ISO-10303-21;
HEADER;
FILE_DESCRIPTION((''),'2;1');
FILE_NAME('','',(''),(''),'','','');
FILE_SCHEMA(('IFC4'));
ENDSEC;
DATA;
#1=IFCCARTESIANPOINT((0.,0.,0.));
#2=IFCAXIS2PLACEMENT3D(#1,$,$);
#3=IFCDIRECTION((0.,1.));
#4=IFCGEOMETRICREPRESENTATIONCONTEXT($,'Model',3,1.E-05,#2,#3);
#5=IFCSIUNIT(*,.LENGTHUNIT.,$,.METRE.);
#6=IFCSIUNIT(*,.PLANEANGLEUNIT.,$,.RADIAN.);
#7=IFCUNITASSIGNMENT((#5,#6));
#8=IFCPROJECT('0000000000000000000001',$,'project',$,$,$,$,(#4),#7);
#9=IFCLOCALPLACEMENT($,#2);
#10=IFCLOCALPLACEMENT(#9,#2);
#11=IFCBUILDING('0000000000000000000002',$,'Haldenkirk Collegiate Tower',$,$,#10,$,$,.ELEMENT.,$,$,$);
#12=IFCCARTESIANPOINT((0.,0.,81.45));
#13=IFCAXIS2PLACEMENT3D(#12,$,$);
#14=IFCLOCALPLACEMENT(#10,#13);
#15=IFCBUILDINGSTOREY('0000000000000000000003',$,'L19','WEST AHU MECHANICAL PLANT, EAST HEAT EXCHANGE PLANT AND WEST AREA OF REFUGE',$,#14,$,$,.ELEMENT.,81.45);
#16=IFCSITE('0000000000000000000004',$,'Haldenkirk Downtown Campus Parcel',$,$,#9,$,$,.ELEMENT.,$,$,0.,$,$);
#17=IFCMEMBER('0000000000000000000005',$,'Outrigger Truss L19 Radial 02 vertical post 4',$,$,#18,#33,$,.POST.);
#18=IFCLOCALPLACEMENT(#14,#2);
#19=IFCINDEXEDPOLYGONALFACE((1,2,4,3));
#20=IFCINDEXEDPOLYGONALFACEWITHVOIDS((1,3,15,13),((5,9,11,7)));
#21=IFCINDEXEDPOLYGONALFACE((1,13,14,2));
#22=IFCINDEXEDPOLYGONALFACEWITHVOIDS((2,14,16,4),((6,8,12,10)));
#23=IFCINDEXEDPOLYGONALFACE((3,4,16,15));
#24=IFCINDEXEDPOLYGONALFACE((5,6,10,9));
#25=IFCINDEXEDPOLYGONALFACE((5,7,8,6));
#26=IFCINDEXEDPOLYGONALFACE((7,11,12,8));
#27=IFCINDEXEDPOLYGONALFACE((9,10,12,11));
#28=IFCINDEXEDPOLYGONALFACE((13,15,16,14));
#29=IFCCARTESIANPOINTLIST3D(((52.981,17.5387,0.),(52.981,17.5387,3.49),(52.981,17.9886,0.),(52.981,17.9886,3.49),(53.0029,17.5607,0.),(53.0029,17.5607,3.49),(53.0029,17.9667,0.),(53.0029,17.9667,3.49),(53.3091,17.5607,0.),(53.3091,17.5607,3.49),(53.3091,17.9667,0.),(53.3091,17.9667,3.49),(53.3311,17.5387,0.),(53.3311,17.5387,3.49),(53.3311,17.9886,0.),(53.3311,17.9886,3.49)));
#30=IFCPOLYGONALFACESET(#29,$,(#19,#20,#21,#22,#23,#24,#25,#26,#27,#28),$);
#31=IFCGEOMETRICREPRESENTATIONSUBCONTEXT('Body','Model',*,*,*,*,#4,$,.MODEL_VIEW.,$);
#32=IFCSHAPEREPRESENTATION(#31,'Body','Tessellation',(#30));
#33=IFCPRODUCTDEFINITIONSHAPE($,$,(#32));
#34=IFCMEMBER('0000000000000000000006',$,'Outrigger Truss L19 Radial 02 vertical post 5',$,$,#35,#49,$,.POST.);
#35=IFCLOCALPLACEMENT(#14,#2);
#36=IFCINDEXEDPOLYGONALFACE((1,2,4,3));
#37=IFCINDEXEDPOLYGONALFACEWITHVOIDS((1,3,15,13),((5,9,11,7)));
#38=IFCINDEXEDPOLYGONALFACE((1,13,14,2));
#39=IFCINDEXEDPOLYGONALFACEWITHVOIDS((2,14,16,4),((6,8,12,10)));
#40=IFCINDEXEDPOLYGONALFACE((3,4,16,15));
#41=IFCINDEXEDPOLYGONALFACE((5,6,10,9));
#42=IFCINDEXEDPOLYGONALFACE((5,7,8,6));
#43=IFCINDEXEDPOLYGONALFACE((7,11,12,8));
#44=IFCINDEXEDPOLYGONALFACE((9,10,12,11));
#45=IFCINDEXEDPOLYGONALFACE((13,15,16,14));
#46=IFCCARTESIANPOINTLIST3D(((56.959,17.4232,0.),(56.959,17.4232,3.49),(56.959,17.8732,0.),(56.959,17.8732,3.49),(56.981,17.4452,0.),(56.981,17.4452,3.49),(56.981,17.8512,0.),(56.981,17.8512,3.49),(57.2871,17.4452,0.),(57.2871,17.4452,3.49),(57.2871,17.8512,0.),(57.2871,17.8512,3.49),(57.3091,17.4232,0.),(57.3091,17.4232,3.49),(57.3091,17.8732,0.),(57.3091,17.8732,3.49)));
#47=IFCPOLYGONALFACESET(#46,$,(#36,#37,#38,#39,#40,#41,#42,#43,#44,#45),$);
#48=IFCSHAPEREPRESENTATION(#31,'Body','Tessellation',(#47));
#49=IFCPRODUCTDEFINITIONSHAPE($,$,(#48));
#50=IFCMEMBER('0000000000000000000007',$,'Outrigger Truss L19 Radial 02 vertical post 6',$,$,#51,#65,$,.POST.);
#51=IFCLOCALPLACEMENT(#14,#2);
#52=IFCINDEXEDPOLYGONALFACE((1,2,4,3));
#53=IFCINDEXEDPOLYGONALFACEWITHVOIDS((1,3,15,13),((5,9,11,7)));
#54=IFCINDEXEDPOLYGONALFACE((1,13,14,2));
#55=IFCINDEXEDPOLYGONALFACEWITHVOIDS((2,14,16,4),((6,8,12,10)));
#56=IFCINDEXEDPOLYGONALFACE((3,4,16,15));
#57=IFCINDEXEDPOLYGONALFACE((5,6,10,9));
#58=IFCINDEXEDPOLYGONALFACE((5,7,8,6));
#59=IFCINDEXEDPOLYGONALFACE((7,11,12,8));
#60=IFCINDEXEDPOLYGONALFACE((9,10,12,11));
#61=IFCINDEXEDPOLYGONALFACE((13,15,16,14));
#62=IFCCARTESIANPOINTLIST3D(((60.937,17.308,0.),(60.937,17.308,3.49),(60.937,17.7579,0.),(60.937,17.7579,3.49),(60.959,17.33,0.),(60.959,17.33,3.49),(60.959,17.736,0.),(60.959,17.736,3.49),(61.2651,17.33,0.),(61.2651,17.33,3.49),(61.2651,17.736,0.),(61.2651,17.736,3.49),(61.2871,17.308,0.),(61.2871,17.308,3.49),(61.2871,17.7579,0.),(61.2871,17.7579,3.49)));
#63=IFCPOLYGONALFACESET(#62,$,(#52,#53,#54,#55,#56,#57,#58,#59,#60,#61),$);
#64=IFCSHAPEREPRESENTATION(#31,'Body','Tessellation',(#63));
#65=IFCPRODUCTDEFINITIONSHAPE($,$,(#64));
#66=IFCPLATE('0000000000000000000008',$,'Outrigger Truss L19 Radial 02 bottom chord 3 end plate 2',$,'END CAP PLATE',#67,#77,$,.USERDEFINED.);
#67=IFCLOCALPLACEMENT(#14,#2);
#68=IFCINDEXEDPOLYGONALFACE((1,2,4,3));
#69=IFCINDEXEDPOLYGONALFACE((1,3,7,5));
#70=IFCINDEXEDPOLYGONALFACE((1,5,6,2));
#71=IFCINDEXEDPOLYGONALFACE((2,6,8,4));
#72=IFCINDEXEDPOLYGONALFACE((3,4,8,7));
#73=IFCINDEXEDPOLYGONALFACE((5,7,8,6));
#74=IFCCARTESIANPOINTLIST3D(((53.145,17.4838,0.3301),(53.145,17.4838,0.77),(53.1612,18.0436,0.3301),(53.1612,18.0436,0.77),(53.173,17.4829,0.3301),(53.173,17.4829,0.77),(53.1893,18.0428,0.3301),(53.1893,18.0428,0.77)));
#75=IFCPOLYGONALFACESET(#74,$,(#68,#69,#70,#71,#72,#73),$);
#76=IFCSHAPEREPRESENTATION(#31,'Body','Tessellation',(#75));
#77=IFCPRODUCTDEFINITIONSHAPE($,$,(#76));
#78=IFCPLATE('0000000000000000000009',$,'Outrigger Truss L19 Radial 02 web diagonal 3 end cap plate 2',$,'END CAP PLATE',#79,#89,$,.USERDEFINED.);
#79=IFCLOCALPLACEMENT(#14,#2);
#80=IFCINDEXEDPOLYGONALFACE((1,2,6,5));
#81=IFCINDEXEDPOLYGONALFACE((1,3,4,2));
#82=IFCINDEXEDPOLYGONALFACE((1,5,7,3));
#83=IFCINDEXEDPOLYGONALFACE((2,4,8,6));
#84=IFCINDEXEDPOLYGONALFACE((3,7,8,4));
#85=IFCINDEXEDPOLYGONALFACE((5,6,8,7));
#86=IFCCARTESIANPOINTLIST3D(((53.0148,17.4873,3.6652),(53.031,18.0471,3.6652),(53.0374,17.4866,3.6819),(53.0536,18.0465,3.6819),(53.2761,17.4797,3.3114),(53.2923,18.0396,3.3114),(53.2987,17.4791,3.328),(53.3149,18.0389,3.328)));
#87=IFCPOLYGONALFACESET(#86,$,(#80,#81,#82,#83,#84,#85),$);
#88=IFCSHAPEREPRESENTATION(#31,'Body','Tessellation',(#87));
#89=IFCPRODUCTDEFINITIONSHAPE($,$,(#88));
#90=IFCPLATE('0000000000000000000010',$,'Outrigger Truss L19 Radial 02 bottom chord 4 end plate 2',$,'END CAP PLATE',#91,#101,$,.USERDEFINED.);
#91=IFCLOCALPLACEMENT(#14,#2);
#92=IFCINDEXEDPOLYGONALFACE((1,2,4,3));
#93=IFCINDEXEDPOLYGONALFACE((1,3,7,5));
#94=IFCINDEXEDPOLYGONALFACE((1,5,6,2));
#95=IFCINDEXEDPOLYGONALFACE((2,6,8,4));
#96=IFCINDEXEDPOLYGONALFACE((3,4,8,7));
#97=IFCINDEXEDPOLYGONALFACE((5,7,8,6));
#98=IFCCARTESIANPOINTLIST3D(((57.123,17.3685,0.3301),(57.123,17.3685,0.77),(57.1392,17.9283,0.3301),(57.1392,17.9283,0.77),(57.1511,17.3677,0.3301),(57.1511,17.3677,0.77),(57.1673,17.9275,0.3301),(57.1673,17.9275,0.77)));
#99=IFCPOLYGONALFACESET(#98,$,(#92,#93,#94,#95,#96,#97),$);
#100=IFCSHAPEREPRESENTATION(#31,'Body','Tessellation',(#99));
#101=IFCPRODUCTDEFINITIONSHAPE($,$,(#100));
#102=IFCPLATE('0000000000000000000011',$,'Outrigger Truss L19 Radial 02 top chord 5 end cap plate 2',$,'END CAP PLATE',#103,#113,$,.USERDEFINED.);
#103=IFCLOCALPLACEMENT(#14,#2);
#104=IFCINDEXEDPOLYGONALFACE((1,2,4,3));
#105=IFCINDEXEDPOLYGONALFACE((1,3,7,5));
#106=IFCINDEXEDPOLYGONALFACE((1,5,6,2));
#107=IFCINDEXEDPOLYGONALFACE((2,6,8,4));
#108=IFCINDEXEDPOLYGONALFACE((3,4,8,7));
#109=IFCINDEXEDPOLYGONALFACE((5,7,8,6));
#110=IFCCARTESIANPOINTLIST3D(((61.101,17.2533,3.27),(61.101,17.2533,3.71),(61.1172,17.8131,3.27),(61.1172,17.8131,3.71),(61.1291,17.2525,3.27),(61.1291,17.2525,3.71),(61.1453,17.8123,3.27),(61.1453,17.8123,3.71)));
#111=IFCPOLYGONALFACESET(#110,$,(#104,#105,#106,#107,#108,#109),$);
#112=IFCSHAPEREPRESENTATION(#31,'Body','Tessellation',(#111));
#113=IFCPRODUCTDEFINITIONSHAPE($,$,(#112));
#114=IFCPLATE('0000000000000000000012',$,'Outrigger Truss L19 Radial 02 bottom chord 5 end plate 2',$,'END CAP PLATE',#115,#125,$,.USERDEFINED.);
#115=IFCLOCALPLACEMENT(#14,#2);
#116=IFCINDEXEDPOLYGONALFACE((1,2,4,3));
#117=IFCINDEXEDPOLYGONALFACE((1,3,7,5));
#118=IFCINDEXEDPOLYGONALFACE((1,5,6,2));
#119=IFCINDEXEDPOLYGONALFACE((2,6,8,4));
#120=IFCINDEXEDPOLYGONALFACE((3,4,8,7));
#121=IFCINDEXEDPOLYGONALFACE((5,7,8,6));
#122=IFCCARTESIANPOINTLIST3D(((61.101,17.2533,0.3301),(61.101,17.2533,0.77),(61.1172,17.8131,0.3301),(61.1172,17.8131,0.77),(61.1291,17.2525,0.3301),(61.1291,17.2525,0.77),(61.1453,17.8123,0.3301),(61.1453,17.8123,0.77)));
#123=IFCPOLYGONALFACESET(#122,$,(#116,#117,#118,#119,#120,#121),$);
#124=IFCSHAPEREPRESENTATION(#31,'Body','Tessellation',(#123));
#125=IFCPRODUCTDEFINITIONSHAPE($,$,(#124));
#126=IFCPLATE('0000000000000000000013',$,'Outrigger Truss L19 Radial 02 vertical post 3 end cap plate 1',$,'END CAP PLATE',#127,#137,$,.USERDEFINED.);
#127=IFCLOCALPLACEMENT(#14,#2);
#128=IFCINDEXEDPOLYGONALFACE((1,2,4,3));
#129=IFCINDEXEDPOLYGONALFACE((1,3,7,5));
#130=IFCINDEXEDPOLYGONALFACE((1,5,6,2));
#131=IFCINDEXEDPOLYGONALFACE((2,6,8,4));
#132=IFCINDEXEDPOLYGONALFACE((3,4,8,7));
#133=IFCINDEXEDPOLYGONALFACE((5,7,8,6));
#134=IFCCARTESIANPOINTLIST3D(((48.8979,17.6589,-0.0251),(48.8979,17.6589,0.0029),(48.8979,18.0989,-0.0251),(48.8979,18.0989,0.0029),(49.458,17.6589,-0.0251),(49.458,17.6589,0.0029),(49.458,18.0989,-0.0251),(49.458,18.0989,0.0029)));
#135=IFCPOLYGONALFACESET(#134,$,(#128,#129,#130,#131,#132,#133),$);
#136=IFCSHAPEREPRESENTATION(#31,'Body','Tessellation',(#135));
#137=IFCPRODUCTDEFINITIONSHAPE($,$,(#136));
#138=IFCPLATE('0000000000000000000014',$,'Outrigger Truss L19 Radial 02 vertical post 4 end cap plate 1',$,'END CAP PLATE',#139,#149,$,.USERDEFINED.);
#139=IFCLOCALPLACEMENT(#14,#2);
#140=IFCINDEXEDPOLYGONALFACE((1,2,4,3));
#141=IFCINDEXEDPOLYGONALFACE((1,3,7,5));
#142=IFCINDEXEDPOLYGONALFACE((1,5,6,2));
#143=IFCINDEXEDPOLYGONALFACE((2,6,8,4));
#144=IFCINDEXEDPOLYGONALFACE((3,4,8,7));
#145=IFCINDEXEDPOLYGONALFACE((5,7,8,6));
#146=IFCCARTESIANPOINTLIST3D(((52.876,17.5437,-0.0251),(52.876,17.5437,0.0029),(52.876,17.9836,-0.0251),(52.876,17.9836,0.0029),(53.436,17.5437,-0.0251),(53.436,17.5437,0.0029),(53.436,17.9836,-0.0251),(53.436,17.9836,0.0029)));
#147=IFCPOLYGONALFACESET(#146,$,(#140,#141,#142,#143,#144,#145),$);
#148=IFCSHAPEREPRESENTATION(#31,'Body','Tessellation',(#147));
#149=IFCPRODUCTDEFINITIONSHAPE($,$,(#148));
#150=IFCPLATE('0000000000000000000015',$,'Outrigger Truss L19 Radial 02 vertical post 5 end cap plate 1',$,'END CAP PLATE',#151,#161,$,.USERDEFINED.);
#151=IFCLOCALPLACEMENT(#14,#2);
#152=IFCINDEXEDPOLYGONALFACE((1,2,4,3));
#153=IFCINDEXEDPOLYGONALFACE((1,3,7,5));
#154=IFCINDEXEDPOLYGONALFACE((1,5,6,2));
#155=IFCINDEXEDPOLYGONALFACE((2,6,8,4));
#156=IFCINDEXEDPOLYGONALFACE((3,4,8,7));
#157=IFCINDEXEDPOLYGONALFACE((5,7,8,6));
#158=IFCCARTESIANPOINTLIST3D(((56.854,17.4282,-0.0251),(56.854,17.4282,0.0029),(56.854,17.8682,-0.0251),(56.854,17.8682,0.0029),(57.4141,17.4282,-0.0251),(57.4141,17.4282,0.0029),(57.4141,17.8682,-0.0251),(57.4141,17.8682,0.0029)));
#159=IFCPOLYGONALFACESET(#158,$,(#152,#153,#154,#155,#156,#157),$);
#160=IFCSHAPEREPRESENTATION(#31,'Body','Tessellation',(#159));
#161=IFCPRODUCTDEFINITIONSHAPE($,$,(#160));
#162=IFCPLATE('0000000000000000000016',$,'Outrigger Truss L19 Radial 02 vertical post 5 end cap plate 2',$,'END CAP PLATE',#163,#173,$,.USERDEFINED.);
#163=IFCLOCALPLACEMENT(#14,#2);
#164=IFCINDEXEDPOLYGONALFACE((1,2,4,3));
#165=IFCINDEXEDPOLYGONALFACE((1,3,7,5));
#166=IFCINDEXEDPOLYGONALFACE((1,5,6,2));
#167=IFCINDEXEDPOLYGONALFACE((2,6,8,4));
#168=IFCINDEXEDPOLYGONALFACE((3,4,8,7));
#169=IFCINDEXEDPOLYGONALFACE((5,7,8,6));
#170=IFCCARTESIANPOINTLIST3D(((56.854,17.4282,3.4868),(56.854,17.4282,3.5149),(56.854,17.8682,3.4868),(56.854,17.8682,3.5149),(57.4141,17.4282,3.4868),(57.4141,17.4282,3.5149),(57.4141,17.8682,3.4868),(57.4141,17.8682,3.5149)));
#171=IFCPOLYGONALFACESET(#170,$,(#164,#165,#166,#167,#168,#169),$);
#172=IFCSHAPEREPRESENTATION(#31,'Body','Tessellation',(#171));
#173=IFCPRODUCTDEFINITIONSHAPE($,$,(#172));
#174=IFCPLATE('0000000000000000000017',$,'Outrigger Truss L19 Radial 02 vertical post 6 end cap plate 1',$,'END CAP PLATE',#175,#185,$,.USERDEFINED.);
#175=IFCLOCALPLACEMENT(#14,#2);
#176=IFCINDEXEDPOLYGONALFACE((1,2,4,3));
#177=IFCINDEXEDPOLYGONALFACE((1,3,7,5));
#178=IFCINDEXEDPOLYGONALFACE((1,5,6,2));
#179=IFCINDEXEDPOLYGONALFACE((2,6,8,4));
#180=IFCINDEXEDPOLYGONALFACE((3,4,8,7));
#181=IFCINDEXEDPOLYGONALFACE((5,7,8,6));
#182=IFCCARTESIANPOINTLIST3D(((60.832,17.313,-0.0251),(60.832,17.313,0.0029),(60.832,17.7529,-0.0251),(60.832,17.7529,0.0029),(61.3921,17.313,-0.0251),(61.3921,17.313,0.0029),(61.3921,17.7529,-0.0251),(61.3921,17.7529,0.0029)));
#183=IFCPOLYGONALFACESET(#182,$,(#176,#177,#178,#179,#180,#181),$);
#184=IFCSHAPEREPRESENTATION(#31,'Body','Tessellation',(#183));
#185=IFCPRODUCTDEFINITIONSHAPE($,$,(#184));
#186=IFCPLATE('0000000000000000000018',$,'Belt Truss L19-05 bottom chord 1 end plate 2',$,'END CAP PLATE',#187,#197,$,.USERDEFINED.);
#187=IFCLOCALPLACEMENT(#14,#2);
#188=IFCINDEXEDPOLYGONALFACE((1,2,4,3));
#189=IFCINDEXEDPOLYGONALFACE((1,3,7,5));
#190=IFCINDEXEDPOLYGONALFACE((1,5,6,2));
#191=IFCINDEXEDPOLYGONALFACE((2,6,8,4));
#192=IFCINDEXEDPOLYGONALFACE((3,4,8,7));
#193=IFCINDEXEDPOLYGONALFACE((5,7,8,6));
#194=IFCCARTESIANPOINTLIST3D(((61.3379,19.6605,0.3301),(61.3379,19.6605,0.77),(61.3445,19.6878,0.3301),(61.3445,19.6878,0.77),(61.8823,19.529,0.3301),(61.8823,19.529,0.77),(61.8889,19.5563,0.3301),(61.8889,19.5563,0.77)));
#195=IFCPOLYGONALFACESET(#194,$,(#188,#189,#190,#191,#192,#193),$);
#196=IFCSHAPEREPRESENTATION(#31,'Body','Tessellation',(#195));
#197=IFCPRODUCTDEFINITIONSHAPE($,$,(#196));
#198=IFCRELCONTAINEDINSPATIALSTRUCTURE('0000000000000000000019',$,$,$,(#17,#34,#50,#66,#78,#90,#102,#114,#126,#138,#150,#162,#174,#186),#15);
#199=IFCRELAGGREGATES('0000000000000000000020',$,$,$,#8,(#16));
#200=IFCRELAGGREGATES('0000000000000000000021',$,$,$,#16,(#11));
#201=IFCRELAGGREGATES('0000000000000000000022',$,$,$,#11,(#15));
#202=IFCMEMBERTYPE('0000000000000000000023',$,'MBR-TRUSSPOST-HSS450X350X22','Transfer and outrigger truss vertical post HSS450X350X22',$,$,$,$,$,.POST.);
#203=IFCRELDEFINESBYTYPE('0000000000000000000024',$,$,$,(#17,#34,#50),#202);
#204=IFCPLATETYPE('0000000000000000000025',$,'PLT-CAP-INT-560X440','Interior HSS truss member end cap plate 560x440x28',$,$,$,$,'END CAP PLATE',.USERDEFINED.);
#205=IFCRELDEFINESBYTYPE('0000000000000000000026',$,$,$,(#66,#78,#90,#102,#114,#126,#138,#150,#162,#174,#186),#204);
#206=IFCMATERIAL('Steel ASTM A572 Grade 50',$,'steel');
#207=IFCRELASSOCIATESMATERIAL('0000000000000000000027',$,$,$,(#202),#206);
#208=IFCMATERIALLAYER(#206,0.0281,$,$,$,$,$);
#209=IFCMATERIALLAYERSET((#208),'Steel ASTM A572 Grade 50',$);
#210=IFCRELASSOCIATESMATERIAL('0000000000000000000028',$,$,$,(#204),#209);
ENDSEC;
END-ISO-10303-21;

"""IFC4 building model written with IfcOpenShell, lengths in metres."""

from ifc_helpers import new_model, si_unit, direction, frame, origin, origin_2d, place, context, subcontext, project, spatial, rectangle, hollow_rectangle, extrude, source, transform, mapped, material, layer, layer_set, material_profile, profile_set, type_object, element, save


model = new_model("IFC4")

# Units and contexts
model_context = context("Model", 3, precision=1e-05, world=origin(), true_north=direction((0.0, 1.0)))
body_context = subcontext(model_context, "Body", "Model", "MODEL_VIEW")
ifc_project = project(units=[si_unit("LENGTHUNIT", "METRE"), si_unit("PLANEANGLEUNIT", "RADIAN")], contexts=[model_context])

# Site, building, storey
site_placement = place(None, origin())
site = spatial("IfcSite", under=ifc_project, at=site_placement, Name="Haldenkirk Downtown Campus Parcel", CompositionType="ELEMENT", RefElevation=0.0)
building_placement = place(site_placement, origin())
building = spatial("IfcBuilding", under=site, at=building_placement, Name="Haldenkirk Collegiate Tower", CompositionType="ELEMENT")
storey_placement = place(building_placement, frame((0.0, 0.0, 81.45)))
storey = spatial("IfcBuildingStorey", under=building, at=storey_placement, Name="L19", Description="WEST AHU MECHANICAL PLANT, EAST HEAT EXCHANGE PLANT AND WEST AREA OF REFUGE", CompositionType="ELEMENT", Elevation=81.45)

# Members
ifc_material_1 = material(Name="Steel ASTM A572 Grade 50", Category="steel")
ifc_material_profile_1 = material_profile(ifc_material_1, hollow_rectangle(XDim=0.3501, YDim=0.45, WallThickness=0.022, at=origin_2d()), Name="HSS450X350X22")
ifc_profile_set_1 = profile_set([ifc_material_profile_1], Name="Steel ASTM A572 Grade 50")
member_type_1 = type_object("IfcMemberType", Name="MBR-TRUSSPOST-HSS450X350X22", Description="Transfer and outrigger truss vertical post HSS450X350X22", PredefinedType="POST", material=ifc_profile_set_1)
for number, where, z_axis, x_axis, name in (
    (1, (53.156, 17.7637, 0.0), (0.0, 0.0, 1.0), (1.0, 0.0, 0.0), "Outrigger Truss L19 Radial 02 vertical post 4"),
    (2, (57.134, 17.6482, 0.0), (0.0, 0.0, 1.0), (1.0, 0.0, 0.0), "Outrigger Truss L19 Radial 02 vertical post 5"),
    (3, (61.1121, 17.533, 0.0), (0.0, 0.0, 1.0), (1.0, 0.0, 0.0), "Outrigger Truss L19 Radial 02 vertical post 6"),
):
    element("IfcMember", number, at=place(storey_placement, frame(where, z_axis=z_axis, x_axis=x_axis)), inside=storey, type_object=member_type_1, Name=name, PredefinedType="POST", context=body_context, shape_type="SweptSolid", body=[
        extrude(hollow_rectangle(XDim=0.3501, YDim=0.45, WallThickness=0.022, at=origin_2d()), origin(), (0.0, 0.0, 1.0), 3.49),
    ])

# Plates
ifc_layer = layer(ifc_material_1, 0.0281)
ifc_layer_set = layer_set([ifc_layer], Name="Steel ASTM A572 Grade 50")
plate_type = type_object("IfcPlateType", Name="PLT-CAP-INT-560X440", Description="Interior HSS truss member end cap plate 560x440x28", ElementType="END CAP PLATE", PredefinedType="USERDEFINED", material=ifc_layer_set)
shared_shape = source(origin(), body_context, "Body", "SweptSolid", [
    extrude(rectangle(XDim=0.5601, YDim=0.4399, at=origin_2d()), origin(), (0.0, 0.0, 1.0), 0.0281),
])
for number, where, z_axis, x_axis, name in (
    (4, (53.1531, 17.7637, 0.55), (0.99958, -0.028978, 0.0), (0.028978, 0.99958, 0.0), "Outrigger Truss L19 Radial 02 bottom chord 3 end plate 2"),
    (5, (53.1536, 17.7634, 3.4883), (0.80399, -0.023303, 0.594186), (0.028972, 0.99958, 0.0), "Outrigger Truss L19 Radial 02 web diagonal 3 end cap plate 2"),
    (6, (57.1311, 17.6484, 0.55), (0.99958, -0.028978, 0.0), (0.028978, 0.99958, 0.0), "Outrigger Truss L19 Radial 02 bottom chord 4 end plate 2"),
    (7, (61.1091, 17.5332, 3.49), (0.99958, -0.028972, 0.0), (0.028972, 0.99958, 0.0), "Outrigger Truss L19 Radial 02 top chord 5 end cap plate 2"),
    (8, (61.1091, 17.5332, 0.55), (0.99958, -0.028978, 0.0), (0.028978, 0.99958, 0.0), "Outrigger Truss L19 Radial 02 bottom chord 5 end plate 2"),
    (9, (49.178, 17.8789, 0.0029), (0.0, 0.0, -1.0), (1.0, 0.0, 0.0), "Outrigger Truss L19 Radial 02 vertical post 3 end cap plate 1"),
    (10, (53.156, 17.7637, 0.0029), (0.0, 0.0, -1.0), (1.0, 0.0, 0.0), "Outrigger Truss L19 Radial 02 vertical post 4 end cap plate 1"),
    (11, (57.134, 17.6482, 0.0029), (0.0, 0.0, -1.0), (1.0, 0.0, 0.0), "Outrigger Truss L19 Radial 02 vertical post 5 end cap plate 1"),
    (12, (57.134, 17.6482, 3.4868), (0.0, 0.0, 1.0), (1.0, 0.0, 0.0), "Outrigger Truss L19 Radial 02 vertical post 5 end cap plate 2"),
    (13, (61.1121, 17.533, 0.0029), (0.0, 0.0, -1.0), (1.0, 0.0, 0.0), "Outrigger Truss L19 Radial 02 vertical post 6 end cap plate 1"),
    (14, (61.6101, 19.5947, 0.55), (0.234845, 0.972033, 0.0), (-0.972033, 0.234845, 0.0), "Belt Truss L19-05 bottom chord 1 end plate 2"),
):
    element("IfcPlate", number, at=place(storey_placement, frame(where, z_axis=z_axis, x_axis=x_axis)), inside=storey, type_object=plate_type, Name=name, ObjectType="END CAP PLATE", PredefinedType="USERDEFINED", context=body_context, shape_type="MappedRepresentation", body=[
        mapped(shared_shape, transform((0.0, 0.0, 0.0), x_axis=(1.0, 0.0, 0.0), y_axis=(0.0, 1.0, 0.0), z_axis=(0.0, 0.0, 1.0), scale=1.0)),
    ])

save(model, "model.ifc")
